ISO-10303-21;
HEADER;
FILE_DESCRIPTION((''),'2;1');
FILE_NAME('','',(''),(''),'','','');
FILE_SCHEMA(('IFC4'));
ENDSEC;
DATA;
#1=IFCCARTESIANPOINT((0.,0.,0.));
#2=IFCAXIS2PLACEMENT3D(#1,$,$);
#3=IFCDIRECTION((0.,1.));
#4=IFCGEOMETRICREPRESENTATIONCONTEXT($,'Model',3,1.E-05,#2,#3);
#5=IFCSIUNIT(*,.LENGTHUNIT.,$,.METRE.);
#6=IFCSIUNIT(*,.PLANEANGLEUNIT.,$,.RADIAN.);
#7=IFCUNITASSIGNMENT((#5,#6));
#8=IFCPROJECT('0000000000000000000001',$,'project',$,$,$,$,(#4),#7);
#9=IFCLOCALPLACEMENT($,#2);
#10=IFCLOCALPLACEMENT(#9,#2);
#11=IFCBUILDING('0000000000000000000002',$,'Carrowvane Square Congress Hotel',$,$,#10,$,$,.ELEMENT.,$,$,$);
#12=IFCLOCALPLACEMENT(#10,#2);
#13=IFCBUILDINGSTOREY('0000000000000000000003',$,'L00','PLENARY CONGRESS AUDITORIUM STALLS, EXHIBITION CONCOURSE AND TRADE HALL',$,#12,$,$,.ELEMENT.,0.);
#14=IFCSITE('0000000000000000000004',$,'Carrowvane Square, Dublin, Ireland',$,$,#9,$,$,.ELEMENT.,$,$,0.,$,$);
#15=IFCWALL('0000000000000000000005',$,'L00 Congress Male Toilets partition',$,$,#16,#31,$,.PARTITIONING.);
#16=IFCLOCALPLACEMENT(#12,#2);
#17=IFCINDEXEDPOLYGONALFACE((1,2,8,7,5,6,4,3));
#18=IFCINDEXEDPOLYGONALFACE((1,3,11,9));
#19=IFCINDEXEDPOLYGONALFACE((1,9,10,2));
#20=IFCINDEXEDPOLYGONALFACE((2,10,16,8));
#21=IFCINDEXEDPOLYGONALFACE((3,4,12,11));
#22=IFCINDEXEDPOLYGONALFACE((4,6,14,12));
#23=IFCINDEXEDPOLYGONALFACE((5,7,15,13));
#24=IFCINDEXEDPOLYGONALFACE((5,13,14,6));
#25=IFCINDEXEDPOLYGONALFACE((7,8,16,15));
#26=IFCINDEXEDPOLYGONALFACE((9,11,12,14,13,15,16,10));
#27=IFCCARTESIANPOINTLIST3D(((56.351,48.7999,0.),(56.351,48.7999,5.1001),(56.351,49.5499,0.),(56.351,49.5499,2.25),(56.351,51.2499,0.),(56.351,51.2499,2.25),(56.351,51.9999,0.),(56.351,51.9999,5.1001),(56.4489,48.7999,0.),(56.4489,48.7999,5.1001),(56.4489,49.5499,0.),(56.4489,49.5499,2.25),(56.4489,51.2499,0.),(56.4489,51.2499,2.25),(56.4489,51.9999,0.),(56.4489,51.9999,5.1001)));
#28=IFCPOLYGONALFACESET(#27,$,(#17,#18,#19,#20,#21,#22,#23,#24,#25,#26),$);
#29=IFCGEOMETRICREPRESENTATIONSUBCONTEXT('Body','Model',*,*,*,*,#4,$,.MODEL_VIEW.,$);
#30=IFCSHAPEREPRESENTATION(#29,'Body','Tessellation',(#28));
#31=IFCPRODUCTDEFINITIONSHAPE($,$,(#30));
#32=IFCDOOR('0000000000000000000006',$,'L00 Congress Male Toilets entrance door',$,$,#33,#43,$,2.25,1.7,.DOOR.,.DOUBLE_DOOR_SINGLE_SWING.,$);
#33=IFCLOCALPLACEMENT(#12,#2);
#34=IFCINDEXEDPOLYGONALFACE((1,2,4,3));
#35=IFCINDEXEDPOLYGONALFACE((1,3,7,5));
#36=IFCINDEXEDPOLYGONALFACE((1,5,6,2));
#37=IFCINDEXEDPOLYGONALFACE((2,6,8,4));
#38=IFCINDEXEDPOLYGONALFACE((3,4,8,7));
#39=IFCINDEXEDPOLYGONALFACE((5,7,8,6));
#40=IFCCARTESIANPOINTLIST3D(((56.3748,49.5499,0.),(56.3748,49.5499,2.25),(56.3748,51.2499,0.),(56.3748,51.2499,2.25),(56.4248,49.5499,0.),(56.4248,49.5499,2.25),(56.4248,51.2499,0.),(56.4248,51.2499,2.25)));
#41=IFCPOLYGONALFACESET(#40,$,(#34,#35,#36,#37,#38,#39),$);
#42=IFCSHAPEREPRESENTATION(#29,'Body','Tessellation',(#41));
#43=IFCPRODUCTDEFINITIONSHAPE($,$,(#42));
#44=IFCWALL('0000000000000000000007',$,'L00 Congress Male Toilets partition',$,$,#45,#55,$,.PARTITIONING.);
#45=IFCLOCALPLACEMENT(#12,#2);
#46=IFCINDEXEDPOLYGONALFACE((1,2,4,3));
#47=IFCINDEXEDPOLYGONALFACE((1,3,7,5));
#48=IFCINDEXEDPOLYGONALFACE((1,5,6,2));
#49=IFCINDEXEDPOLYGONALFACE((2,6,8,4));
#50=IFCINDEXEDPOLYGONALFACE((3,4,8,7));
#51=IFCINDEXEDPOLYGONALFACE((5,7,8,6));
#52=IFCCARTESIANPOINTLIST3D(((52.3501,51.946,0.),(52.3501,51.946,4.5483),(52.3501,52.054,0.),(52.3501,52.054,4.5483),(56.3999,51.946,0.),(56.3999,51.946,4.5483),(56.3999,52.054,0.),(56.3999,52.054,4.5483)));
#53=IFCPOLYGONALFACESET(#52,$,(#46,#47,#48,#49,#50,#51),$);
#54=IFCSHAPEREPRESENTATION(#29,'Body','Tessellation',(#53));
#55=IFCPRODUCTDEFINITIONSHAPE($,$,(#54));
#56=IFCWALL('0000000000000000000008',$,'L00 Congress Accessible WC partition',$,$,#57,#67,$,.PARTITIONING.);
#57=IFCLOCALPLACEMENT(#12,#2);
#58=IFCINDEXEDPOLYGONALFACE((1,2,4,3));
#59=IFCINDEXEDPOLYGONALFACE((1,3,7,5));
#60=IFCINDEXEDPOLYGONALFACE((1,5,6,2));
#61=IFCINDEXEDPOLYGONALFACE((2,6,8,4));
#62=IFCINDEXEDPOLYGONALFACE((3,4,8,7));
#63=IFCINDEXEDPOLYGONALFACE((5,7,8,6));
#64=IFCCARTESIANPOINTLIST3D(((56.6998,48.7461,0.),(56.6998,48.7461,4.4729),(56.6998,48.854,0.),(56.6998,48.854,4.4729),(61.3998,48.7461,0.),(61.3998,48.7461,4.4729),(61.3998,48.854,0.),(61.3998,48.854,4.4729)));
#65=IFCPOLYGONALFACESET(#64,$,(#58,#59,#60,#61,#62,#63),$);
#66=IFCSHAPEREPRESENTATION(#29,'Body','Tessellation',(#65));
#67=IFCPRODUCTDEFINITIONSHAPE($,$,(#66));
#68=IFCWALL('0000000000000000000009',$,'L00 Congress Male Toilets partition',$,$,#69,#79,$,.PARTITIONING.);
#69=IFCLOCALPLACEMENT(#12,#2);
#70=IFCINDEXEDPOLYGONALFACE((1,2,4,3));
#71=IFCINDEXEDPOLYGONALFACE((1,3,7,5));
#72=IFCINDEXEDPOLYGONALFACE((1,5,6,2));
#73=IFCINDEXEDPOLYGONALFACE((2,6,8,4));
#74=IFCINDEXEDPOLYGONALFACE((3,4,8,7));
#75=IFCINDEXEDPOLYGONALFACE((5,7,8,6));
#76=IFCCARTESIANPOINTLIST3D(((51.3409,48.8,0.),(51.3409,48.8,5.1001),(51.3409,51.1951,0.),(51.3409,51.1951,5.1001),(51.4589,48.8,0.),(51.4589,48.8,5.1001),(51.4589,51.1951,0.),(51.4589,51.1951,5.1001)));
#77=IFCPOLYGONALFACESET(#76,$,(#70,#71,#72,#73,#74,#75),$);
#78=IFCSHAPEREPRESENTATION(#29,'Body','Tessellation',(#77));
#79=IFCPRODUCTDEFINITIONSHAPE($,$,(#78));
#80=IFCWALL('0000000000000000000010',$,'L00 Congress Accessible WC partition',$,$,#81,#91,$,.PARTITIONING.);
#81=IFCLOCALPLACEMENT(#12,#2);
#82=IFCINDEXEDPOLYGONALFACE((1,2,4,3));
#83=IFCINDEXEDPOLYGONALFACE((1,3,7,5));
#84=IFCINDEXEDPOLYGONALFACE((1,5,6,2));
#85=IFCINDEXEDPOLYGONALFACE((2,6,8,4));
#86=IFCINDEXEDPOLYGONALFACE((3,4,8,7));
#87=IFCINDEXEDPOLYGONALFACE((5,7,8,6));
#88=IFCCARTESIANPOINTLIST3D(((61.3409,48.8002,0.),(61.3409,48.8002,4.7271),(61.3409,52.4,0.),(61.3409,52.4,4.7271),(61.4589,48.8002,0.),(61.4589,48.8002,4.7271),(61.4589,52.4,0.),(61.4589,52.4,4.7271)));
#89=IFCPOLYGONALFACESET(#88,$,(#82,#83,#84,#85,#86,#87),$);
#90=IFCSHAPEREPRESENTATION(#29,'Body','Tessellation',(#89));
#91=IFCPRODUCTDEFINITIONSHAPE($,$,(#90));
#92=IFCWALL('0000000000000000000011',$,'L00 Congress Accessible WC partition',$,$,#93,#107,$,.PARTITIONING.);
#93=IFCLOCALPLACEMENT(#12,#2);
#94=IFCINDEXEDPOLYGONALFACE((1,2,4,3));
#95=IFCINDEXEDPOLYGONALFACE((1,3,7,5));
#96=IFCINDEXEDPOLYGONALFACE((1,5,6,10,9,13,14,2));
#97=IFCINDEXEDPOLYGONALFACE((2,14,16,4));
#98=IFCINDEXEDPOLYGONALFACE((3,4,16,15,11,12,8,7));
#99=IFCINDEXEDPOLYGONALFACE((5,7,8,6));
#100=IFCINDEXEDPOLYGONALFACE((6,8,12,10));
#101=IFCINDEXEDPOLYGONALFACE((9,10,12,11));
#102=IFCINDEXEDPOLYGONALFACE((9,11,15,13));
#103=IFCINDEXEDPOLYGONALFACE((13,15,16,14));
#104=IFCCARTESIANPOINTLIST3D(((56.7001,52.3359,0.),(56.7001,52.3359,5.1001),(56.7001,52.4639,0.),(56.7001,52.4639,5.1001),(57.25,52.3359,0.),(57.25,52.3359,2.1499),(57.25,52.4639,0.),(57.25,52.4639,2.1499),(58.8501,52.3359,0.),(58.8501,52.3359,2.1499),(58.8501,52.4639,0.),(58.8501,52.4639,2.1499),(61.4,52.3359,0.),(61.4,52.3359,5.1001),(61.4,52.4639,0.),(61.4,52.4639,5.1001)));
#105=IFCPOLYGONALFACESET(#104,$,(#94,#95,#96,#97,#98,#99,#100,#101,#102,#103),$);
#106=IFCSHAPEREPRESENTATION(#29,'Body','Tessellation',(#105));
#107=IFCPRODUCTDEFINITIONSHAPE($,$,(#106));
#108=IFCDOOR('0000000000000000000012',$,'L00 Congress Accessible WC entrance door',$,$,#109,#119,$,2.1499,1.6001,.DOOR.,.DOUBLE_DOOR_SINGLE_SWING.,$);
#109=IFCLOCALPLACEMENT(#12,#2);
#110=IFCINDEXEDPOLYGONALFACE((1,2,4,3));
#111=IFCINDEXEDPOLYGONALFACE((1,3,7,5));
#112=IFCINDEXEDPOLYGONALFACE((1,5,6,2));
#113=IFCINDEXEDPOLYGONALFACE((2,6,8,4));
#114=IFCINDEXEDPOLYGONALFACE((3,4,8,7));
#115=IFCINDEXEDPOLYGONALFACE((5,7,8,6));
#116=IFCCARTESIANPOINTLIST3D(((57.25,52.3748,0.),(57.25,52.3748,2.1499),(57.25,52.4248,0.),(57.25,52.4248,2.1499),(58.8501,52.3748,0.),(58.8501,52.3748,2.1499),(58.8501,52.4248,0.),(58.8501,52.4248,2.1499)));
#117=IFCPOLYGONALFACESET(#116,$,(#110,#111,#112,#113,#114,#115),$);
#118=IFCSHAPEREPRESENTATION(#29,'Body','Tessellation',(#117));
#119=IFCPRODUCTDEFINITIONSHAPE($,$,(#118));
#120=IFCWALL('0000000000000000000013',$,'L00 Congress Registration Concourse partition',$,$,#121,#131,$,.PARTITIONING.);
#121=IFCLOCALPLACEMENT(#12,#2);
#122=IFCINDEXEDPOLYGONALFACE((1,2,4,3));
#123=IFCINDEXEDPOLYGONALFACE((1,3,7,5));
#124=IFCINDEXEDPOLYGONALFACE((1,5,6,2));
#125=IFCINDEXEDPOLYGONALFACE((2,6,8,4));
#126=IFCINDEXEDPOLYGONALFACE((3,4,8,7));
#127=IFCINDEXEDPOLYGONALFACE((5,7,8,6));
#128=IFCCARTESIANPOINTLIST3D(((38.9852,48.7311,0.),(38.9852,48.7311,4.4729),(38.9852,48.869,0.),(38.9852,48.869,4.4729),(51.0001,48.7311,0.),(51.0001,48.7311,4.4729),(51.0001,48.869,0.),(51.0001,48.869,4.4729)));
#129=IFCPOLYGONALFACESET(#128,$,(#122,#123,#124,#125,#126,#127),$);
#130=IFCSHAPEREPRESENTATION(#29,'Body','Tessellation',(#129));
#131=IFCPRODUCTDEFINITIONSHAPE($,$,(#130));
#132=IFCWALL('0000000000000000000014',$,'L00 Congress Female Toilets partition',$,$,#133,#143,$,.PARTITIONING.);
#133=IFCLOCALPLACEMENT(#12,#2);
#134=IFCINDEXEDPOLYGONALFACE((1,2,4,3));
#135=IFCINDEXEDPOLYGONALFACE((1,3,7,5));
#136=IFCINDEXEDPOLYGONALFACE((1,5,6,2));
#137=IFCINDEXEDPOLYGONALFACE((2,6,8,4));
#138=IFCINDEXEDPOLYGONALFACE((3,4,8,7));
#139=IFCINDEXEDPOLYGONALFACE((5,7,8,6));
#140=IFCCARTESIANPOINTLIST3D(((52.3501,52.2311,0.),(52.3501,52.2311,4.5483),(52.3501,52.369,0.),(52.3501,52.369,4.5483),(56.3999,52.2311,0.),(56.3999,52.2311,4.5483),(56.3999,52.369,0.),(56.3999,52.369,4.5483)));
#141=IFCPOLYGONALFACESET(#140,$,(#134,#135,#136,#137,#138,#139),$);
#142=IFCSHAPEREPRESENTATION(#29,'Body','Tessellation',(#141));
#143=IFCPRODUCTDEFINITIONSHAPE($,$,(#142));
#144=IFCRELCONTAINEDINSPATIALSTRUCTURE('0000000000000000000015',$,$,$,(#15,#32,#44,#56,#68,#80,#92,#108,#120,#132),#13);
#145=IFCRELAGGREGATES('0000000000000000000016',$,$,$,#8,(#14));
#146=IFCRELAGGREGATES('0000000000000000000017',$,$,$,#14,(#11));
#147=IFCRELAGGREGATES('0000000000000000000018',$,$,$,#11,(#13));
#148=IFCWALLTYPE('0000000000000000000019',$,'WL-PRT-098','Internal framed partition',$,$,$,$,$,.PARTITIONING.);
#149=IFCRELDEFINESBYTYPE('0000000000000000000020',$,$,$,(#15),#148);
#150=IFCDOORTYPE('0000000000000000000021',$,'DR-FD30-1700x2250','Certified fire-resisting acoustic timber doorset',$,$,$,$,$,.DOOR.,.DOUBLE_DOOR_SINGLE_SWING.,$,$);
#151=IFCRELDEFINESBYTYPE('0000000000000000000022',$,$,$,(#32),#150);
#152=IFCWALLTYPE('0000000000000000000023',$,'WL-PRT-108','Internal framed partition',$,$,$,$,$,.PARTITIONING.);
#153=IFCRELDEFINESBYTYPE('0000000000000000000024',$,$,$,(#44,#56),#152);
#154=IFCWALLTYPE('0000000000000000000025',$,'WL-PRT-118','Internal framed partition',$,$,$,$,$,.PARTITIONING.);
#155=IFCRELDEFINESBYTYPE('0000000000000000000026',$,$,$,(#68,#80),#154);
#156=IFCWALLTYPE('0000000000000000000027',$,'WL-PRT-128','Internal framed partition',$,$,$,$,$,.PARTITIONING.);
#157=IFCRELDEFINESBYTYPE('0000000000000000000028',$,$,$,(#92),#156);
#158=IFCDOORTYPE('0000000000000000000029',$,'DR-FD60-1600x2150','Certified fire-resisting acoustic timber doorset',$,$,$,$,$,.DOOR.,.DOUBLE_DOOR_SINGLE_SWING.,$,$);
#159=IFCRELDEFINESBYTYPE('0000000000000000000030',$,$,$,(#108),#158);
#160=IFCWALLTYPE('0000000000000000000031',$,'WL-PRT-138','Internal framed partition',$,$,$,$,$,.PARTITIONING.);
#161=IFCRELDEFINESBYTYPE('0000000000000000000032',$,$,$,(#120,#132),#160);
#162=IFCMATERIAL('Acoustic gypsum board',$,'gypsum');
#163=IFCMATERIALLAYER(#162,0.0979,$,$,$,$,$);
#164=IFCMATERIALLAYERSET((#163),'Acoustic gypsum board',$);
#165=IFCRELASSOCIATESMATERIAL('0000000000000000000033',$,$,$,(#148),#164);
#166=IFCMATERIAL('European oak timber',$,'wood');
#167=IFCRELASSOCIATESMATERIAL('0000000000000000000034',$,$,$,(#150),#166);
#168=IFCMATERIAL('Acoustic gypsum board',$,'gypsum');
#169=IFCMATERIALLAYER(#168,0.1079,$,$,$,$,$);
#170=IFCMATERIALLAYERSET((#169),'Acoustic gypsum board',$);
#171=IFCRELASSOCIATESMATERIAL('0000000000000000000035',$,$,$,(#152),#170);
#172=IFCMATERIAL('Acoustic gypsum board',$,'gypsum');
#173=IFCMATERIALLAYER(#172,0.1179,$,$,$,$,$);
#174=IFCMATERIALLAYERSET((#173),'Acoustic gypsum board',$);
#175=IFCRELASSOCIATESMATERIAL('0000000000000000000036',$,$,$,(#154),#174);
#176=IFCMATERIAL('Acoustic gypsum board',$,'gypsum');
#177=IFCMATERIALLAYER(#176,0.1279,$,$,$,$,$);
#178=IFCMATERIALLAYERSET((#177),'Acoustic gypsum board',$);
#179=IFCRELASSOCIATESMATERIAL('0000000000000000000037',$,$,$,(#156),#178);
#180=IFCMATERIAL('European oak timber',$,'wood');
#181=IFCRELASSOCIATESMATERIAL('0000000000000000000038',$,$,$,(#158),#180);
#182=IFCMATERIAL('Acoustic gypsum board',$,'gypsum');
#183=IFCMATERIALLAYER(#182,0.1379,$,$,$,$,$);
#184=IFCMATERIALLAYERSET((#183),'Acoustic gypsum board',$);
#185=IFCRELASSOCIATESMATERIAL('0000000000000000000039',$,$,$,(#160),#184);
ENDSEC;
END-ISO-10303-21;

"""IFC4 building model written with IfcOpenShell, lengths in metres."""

from ifc_helpers import new_model, si_unit, direction, frame, frame_2d, origin, place, context, subcontext, project, spatial, rectangle, extrude, material, layer, layer_set, type_object, element, fill, save


model = new_model("IFC4")

# Units and contexts
model_context = context("Model", 3, precision=1e-05, world=origin(), true_north=direction((0.0, 1.0)))
body_context = subcontext(model_context, "Body", "Model", "MODEL_VIEW")
ifc_project = project(units=[si_unit("LENGTHUNIT", "METRE"), si_unit("PLANEANGLEUNIT", "RADIAN")], contexts=[model_context])

# Site, building, storey
site_placement = place(None, origin())
site = spatial("IfcSite", under=ifc_project, at=site_placement, Name="Carrowvane Square, Dublin, Ireland", CompositionType="ELEMENT", RefElevation=0.0)
building_placement = place(site_placement, origin())
building = spatial("IfcBuilding", under=site, at=building_placement, Name="Carrowvane Square Congress Hotel", CompositionType="ELEMENT")
storey_placement = place(building_placement, origin())
storey = spatial("IfcBuildingStorey", under=building, at=storey_placement, Name="L00", Description="PLENARY CONGRESS AUDITORIUM STALLS, EXHIBITION CONCOURSE AND TRADE HALL", CompositionType="ELEMENT", Elevation=0.0)

# Wall, opening, door
ifc_material_1 = material(Name="Acoustic gypsum board", Category="gypsum")
ifc_layer_1 = layer(ifc_material_1, 0.0979)
ifc_layer_set_1 = layer_set([ifc_layer_1], Name="Acoustic gypsum board")
wall_type_1 = type_object("IfcWallType", Name="WL-PRT-098", Description="Internal framed partition", PredefinedType="PARTITIONING", material=ifc_layer_set_1)
wall_1_placement = place(storey_placement, frame((56.3999, 52.0, 0.0), z_axis=(0.0, 0.0, 1.0), x_axis=(0.0, -1.0, 0.0)))
wall_1 = element("IfcWall", 1, at=wall_1_placement, inside=storey, type_object=wall_type_1, Name="L00 Congress Male Toilets partition", PredefinedType="PARTITIONING", context=body_context, shape_type="SweptSolid", body=[
    extrude(rectangle(XDim=3.2, YDim=0.0979, at=frame_2d((1.6001, 0.0))), origin(), (0.0, 0.0, 1.0), 5.1001),
])
opening_1_placement = place(wall_1_placement, frame((0.75, 0.0, 0.0)))
opening_1 = element("IfcOpeningElement", 2, at=opening_1_placement, cuts=wall_1, PredefinedType="OPENING", context=body_context, shape_type="SweptSolid", body=[
    extrude(rectangle(XDim=1.7, YDim=2.25, at=frame_2d((0.8501, 1.125))), frame((0.0, 0.0588, 0.0), z_axis=(0.0, -1.0, 0.0), x_axis=(1.0, 0.0, 0.0)), (0.0, 0.0, 1.0), 0.1179),
])
ifc_material_2 = material(Name="European oak timber", Category="wood")
door_type_1 = type_object("IfcDoorType", Name="DR-FD30-1700x2250", Description="Certified fire-resisting acoustic timber doorset", OperationType="DOUBLE_DOOR_SINGLE_SWING", PredefinedType="DOOR", material=ifc_material_2)
door_1_placement = place(opening_1_placement, origin())
door_1 = element("IfcDoor", 3, at=door_1_placement, inside=storey, type_object=door_type_1, Name="L00 Congress Male Toilets entrance door", OperationType="DOUBLE_DOOR_SINGLE_SWING", OverallHeight=2.25, OverallWidth=1.7, PredefinedType="DOOR", context=body_context, shape_type="SweptSolid", body=[
    extrude(rectangle(XDim=1.7, YDim=2.25, at=frame_2d((0.8501, 1.125))), frame((0.0, 0.0249, 0.0), z_axis=(0.0, -1.0, 0.0), x_axis=(1.0, 0.0, 0.0)), (0.0, 0.0, 1.0), 0.05),
])
fill(opening_1, door_1)

# Walls
ifc_material_3 = material(Name="Acoustic gypsum board", Category="gypsum")
ifc_layer_2 = layer(ifc_material_3, 0.1079)
ifc_layer_set_2 = layer_set([ifc_layer_2], Name="Acoustic gypsum board")
wall_type_2 = type_object("IfcWallType", Name="WL-PRT-108", Description="Internal framed partition", PredefinedType="PARTITIONING", material=ifc_layer_set_2)
wall_2_placement = place(storey_placement, frame((52.3501, 52.0, 0.0), z_axis=(0.0, 0.0, 1.0), x_axis=(1.0, 0.0, 0.0)))
element("IfcWall", 4, at=wall_2_placement, inside=storey, type_object=wall_type_2, Name="L00 Congress Male Toilets partition", PredefinedType="PARTITIONING", context=body_context, shape_type="SweptSolid", body=[
    extrude(rectangle(XDim=4.0498, YDim=0.1079, at=frame_2d((2.0249, 0.0))), origin(), (0.0, 0.0, 1.0), 4.5483),
])
wall_3_placement = place(storey_placement, frame((61.3999, 48.8, 0.0), z_axis=(0.0, 0.0, 1.0), x_axis=(-1.0, 0.0, 0.0)))
element("IfcWall", 5, at=wall_3_placement, inside=storey, type_object=wall_type_2, Name="L00 Congress Accessible WC partition", PredefinedType="PARTITIONING", context=body_context, shape_type="SweptSolid", body=[
    extrude(rectangle(XDim=4.7, YDim=0.1079, at=frame_2d((2.3501, 0.0))), origin(), (0.0, 0.0, 1.0), 4.4729),
])
ifc_material_4 = material(Name="Acoustic gypsum board", Category="gypsum")
ifc_layer_3 = layer(ifc_material_4, 0.1179)
ifc_layer_set_3 = layer_set([ifc_layer_3], Name="Acoustic gypsum board")
wall_type_3 = type_object("IfcWallType", Name="WL-PRT-118", Description="Internal framed partition", PredefinedType="PARTITIONING", material=ifc_layer_set_3)
wall_4_placement = place(storey_placement, frame((51.3999, 48.8, 0.0), z_axis=(0.0, 0.0, 1.0), x_axis=(0.0, 1.0, 0.0)))
element("IfcWall", 6, at=wall_4_placement, inside=storey, type_object=wall_type_3, Name="L00 Congress Male Toilets partition", PredefinedType="PARTITIONING", context=body_context, shape_type="SweptSolid", body=[
    extrude(rectangle(XDim=2.395, YDim=0.1179, at=frame_2d((1.1975, 0.0))), origin(), (0.0, 0.0, 1.0), 5.1001),
])
wall_5_placement = place(storey_placement, frame((61.3999, 52.3999, 0.0), z_axis=(0.0, 0.0, 1.0), x_axis=(0.0, -1.0, 0.0)))
element("IfcWall", 7, at=wall_5_placement, inside=storey, type_object=wall_type_3, Name="L00 Congress Accessible WC partition", PredefinedType="PARTITIONING", context=body_context, shape_type="SweptSolid", body=[
    extrude(rectangle(XDim=3.5999, YDim=0.1179, at=frame_2d((1.7998, 0.0))), origin(), (0.0, 0.0, 1.0), 4.7271),
])

# Wall, opening, door
ifc_material_5 = material(Name="Acoustic gypsum board", Category="gypsum")
ifc_layer_4 = layer(ifc_material_5, 0.1279)
ifc_layer_set_4 = layer_set([ifc_layer_4], Name="Acoustic gypsum board")
wall_type_4 = type_object("IfcWallType", Name="WL-PRT-128", Description="Internal framed partition", PredefinedType="PARTITIONING", material=ifc_layer_set_4)
wall_6_placement = place(storey_placement, frame((56.7, 52.3999, 0.0), z_axis=(0.0, 0.0, 1.0), x_axis=(1.0, 0.0, 0.0)))
wall_6 = element("IfcWall", 8, at=wall_6_placement, inside=storey, type_object=wall_type_4, Name="L00 Congress Accessible WC partition", PredefinedType="PARTITIONING", context=body_context, shape_type="SweptSolid", body=[
    extrude(rectangle(XDim=4.7, YDim=0.1279, at=frame_2d((2.3501, 0.0))), origin(), (0.0, 0.0, 1.0), 5.1001),
])
opening_2_placement = place(wall_6_placement, frame((0.55, 0.0, 0.0)))
opening_2 = element("IfcOpeningElement", 9, at=opening_2_placement, cuts=wall_6, PredefinedType="OPENING", context=body_context, shape_type="SweptSolid", body=[
    extrude(rectangle(XDim=1.6001, YDim=2.1499, at=frame_2d((0.8, 1.075))), frame((0.0, 0.074, 0.0), z_axis=(0.0, -1.0, 0.0), x_axis=(1.0, 0.0, 0.0)), (0.0, 0.0, 1.0), 0.1479),
])
ifc_material_6 = material(Name="European oak timber", Category="wood")
door_type_2 = type_object("IfcDoorType", Name="DR-FD60-1600x2150", Description="Certified fire-resisting acoustic timber doorset", OperationType="DOUBLE_DOOR_SINGLE_SWING", PredefinedType="DOOR", material=ifc_material_6)
door_2_placement = place(opening_2_placement, origin())
door_2 = element("IfcDoor", 10, at=door_2_placement, inside=storey, type_object=door_type_2, Name="L00 Congress Accessible WC entrance door", OperationType="DOUBLE_DOOR_SINGLE_SWING", OverallHeight=2.1499, OverallWidth=1.6001, PredefinedType="DOOR", context=body_context, shape_type="SweptSolid", body=[
    extrude(rectangle(XDim=1.6001, YDim=2.1499, at=frame_2d((0.8, 1.075))), frame((0.0, 0.0249, 0.0), z_axis=(0.0, -1.0, 0.0), x_axis=(1.0, 0.0, 0.0)), (0.0, 0.0, 1.0), 0.05),
])
fill(opening_2, door_2)

# Walls
ifc_material_7 = material(Name="Acoustic gypsum board", Category="gypsum")
ifc_layer_5 = layer(ifc_material_7, 0.1379)
ifc_layer_set_5 = layer_set([ifc_layer_5], Name="Acoustic gypsum board")
wall_type_5 = type_object("IfcWallType", Name="WL-PRT-138", Description="Internal framed partition", PredefinedType="PARTITIONING", material=ifc_layer_set_5)
wall_7_placement = place(storey_placement, frame((51.0, 48.8, 0.0), z_axis=(0.0, 0.0, 1.0), x_axis=(-1.0, 0.0, 0.0)))
element("IfcWall", 11, at=wall_7_placement, inside=storey, type_object=wall_type_5, Name="L00 Congress Registration Concourse partition", PredefinedType="PARTITIONING", context=body_context, shape_type="SweptSolid", body=[
    extrude(rectangle(XDim=12.0149, YDim=0.1379, at=frame_2d((6.0073, 0.0))), origin(), (0.0, 0.0, 1.0), 4.4729),
])
wall_8_placement = place(storey_placement, frame((56.3999, 52.3, 0.0), z_axis=(0.0, 0.0, 1.0), x_axis=(-1.0, 0.0, 0.0)))
element("IfcWall", 12, at=wall_8_placement, inside=storey, type_object=wall_type_5, Name="L00 Congress Female Toilets partition", PredefinedType="PARTITIONING", context=body_context, shape_type="SweptSolid", body=[
    extrude(rectangle(XDim=4.0498, YDim=0.1379, at=frame_2d((2.0249, 0.0))), origin(), (0.0, 0.0, 1.0), 4.5483),
])

save(model, "model.ifc")
